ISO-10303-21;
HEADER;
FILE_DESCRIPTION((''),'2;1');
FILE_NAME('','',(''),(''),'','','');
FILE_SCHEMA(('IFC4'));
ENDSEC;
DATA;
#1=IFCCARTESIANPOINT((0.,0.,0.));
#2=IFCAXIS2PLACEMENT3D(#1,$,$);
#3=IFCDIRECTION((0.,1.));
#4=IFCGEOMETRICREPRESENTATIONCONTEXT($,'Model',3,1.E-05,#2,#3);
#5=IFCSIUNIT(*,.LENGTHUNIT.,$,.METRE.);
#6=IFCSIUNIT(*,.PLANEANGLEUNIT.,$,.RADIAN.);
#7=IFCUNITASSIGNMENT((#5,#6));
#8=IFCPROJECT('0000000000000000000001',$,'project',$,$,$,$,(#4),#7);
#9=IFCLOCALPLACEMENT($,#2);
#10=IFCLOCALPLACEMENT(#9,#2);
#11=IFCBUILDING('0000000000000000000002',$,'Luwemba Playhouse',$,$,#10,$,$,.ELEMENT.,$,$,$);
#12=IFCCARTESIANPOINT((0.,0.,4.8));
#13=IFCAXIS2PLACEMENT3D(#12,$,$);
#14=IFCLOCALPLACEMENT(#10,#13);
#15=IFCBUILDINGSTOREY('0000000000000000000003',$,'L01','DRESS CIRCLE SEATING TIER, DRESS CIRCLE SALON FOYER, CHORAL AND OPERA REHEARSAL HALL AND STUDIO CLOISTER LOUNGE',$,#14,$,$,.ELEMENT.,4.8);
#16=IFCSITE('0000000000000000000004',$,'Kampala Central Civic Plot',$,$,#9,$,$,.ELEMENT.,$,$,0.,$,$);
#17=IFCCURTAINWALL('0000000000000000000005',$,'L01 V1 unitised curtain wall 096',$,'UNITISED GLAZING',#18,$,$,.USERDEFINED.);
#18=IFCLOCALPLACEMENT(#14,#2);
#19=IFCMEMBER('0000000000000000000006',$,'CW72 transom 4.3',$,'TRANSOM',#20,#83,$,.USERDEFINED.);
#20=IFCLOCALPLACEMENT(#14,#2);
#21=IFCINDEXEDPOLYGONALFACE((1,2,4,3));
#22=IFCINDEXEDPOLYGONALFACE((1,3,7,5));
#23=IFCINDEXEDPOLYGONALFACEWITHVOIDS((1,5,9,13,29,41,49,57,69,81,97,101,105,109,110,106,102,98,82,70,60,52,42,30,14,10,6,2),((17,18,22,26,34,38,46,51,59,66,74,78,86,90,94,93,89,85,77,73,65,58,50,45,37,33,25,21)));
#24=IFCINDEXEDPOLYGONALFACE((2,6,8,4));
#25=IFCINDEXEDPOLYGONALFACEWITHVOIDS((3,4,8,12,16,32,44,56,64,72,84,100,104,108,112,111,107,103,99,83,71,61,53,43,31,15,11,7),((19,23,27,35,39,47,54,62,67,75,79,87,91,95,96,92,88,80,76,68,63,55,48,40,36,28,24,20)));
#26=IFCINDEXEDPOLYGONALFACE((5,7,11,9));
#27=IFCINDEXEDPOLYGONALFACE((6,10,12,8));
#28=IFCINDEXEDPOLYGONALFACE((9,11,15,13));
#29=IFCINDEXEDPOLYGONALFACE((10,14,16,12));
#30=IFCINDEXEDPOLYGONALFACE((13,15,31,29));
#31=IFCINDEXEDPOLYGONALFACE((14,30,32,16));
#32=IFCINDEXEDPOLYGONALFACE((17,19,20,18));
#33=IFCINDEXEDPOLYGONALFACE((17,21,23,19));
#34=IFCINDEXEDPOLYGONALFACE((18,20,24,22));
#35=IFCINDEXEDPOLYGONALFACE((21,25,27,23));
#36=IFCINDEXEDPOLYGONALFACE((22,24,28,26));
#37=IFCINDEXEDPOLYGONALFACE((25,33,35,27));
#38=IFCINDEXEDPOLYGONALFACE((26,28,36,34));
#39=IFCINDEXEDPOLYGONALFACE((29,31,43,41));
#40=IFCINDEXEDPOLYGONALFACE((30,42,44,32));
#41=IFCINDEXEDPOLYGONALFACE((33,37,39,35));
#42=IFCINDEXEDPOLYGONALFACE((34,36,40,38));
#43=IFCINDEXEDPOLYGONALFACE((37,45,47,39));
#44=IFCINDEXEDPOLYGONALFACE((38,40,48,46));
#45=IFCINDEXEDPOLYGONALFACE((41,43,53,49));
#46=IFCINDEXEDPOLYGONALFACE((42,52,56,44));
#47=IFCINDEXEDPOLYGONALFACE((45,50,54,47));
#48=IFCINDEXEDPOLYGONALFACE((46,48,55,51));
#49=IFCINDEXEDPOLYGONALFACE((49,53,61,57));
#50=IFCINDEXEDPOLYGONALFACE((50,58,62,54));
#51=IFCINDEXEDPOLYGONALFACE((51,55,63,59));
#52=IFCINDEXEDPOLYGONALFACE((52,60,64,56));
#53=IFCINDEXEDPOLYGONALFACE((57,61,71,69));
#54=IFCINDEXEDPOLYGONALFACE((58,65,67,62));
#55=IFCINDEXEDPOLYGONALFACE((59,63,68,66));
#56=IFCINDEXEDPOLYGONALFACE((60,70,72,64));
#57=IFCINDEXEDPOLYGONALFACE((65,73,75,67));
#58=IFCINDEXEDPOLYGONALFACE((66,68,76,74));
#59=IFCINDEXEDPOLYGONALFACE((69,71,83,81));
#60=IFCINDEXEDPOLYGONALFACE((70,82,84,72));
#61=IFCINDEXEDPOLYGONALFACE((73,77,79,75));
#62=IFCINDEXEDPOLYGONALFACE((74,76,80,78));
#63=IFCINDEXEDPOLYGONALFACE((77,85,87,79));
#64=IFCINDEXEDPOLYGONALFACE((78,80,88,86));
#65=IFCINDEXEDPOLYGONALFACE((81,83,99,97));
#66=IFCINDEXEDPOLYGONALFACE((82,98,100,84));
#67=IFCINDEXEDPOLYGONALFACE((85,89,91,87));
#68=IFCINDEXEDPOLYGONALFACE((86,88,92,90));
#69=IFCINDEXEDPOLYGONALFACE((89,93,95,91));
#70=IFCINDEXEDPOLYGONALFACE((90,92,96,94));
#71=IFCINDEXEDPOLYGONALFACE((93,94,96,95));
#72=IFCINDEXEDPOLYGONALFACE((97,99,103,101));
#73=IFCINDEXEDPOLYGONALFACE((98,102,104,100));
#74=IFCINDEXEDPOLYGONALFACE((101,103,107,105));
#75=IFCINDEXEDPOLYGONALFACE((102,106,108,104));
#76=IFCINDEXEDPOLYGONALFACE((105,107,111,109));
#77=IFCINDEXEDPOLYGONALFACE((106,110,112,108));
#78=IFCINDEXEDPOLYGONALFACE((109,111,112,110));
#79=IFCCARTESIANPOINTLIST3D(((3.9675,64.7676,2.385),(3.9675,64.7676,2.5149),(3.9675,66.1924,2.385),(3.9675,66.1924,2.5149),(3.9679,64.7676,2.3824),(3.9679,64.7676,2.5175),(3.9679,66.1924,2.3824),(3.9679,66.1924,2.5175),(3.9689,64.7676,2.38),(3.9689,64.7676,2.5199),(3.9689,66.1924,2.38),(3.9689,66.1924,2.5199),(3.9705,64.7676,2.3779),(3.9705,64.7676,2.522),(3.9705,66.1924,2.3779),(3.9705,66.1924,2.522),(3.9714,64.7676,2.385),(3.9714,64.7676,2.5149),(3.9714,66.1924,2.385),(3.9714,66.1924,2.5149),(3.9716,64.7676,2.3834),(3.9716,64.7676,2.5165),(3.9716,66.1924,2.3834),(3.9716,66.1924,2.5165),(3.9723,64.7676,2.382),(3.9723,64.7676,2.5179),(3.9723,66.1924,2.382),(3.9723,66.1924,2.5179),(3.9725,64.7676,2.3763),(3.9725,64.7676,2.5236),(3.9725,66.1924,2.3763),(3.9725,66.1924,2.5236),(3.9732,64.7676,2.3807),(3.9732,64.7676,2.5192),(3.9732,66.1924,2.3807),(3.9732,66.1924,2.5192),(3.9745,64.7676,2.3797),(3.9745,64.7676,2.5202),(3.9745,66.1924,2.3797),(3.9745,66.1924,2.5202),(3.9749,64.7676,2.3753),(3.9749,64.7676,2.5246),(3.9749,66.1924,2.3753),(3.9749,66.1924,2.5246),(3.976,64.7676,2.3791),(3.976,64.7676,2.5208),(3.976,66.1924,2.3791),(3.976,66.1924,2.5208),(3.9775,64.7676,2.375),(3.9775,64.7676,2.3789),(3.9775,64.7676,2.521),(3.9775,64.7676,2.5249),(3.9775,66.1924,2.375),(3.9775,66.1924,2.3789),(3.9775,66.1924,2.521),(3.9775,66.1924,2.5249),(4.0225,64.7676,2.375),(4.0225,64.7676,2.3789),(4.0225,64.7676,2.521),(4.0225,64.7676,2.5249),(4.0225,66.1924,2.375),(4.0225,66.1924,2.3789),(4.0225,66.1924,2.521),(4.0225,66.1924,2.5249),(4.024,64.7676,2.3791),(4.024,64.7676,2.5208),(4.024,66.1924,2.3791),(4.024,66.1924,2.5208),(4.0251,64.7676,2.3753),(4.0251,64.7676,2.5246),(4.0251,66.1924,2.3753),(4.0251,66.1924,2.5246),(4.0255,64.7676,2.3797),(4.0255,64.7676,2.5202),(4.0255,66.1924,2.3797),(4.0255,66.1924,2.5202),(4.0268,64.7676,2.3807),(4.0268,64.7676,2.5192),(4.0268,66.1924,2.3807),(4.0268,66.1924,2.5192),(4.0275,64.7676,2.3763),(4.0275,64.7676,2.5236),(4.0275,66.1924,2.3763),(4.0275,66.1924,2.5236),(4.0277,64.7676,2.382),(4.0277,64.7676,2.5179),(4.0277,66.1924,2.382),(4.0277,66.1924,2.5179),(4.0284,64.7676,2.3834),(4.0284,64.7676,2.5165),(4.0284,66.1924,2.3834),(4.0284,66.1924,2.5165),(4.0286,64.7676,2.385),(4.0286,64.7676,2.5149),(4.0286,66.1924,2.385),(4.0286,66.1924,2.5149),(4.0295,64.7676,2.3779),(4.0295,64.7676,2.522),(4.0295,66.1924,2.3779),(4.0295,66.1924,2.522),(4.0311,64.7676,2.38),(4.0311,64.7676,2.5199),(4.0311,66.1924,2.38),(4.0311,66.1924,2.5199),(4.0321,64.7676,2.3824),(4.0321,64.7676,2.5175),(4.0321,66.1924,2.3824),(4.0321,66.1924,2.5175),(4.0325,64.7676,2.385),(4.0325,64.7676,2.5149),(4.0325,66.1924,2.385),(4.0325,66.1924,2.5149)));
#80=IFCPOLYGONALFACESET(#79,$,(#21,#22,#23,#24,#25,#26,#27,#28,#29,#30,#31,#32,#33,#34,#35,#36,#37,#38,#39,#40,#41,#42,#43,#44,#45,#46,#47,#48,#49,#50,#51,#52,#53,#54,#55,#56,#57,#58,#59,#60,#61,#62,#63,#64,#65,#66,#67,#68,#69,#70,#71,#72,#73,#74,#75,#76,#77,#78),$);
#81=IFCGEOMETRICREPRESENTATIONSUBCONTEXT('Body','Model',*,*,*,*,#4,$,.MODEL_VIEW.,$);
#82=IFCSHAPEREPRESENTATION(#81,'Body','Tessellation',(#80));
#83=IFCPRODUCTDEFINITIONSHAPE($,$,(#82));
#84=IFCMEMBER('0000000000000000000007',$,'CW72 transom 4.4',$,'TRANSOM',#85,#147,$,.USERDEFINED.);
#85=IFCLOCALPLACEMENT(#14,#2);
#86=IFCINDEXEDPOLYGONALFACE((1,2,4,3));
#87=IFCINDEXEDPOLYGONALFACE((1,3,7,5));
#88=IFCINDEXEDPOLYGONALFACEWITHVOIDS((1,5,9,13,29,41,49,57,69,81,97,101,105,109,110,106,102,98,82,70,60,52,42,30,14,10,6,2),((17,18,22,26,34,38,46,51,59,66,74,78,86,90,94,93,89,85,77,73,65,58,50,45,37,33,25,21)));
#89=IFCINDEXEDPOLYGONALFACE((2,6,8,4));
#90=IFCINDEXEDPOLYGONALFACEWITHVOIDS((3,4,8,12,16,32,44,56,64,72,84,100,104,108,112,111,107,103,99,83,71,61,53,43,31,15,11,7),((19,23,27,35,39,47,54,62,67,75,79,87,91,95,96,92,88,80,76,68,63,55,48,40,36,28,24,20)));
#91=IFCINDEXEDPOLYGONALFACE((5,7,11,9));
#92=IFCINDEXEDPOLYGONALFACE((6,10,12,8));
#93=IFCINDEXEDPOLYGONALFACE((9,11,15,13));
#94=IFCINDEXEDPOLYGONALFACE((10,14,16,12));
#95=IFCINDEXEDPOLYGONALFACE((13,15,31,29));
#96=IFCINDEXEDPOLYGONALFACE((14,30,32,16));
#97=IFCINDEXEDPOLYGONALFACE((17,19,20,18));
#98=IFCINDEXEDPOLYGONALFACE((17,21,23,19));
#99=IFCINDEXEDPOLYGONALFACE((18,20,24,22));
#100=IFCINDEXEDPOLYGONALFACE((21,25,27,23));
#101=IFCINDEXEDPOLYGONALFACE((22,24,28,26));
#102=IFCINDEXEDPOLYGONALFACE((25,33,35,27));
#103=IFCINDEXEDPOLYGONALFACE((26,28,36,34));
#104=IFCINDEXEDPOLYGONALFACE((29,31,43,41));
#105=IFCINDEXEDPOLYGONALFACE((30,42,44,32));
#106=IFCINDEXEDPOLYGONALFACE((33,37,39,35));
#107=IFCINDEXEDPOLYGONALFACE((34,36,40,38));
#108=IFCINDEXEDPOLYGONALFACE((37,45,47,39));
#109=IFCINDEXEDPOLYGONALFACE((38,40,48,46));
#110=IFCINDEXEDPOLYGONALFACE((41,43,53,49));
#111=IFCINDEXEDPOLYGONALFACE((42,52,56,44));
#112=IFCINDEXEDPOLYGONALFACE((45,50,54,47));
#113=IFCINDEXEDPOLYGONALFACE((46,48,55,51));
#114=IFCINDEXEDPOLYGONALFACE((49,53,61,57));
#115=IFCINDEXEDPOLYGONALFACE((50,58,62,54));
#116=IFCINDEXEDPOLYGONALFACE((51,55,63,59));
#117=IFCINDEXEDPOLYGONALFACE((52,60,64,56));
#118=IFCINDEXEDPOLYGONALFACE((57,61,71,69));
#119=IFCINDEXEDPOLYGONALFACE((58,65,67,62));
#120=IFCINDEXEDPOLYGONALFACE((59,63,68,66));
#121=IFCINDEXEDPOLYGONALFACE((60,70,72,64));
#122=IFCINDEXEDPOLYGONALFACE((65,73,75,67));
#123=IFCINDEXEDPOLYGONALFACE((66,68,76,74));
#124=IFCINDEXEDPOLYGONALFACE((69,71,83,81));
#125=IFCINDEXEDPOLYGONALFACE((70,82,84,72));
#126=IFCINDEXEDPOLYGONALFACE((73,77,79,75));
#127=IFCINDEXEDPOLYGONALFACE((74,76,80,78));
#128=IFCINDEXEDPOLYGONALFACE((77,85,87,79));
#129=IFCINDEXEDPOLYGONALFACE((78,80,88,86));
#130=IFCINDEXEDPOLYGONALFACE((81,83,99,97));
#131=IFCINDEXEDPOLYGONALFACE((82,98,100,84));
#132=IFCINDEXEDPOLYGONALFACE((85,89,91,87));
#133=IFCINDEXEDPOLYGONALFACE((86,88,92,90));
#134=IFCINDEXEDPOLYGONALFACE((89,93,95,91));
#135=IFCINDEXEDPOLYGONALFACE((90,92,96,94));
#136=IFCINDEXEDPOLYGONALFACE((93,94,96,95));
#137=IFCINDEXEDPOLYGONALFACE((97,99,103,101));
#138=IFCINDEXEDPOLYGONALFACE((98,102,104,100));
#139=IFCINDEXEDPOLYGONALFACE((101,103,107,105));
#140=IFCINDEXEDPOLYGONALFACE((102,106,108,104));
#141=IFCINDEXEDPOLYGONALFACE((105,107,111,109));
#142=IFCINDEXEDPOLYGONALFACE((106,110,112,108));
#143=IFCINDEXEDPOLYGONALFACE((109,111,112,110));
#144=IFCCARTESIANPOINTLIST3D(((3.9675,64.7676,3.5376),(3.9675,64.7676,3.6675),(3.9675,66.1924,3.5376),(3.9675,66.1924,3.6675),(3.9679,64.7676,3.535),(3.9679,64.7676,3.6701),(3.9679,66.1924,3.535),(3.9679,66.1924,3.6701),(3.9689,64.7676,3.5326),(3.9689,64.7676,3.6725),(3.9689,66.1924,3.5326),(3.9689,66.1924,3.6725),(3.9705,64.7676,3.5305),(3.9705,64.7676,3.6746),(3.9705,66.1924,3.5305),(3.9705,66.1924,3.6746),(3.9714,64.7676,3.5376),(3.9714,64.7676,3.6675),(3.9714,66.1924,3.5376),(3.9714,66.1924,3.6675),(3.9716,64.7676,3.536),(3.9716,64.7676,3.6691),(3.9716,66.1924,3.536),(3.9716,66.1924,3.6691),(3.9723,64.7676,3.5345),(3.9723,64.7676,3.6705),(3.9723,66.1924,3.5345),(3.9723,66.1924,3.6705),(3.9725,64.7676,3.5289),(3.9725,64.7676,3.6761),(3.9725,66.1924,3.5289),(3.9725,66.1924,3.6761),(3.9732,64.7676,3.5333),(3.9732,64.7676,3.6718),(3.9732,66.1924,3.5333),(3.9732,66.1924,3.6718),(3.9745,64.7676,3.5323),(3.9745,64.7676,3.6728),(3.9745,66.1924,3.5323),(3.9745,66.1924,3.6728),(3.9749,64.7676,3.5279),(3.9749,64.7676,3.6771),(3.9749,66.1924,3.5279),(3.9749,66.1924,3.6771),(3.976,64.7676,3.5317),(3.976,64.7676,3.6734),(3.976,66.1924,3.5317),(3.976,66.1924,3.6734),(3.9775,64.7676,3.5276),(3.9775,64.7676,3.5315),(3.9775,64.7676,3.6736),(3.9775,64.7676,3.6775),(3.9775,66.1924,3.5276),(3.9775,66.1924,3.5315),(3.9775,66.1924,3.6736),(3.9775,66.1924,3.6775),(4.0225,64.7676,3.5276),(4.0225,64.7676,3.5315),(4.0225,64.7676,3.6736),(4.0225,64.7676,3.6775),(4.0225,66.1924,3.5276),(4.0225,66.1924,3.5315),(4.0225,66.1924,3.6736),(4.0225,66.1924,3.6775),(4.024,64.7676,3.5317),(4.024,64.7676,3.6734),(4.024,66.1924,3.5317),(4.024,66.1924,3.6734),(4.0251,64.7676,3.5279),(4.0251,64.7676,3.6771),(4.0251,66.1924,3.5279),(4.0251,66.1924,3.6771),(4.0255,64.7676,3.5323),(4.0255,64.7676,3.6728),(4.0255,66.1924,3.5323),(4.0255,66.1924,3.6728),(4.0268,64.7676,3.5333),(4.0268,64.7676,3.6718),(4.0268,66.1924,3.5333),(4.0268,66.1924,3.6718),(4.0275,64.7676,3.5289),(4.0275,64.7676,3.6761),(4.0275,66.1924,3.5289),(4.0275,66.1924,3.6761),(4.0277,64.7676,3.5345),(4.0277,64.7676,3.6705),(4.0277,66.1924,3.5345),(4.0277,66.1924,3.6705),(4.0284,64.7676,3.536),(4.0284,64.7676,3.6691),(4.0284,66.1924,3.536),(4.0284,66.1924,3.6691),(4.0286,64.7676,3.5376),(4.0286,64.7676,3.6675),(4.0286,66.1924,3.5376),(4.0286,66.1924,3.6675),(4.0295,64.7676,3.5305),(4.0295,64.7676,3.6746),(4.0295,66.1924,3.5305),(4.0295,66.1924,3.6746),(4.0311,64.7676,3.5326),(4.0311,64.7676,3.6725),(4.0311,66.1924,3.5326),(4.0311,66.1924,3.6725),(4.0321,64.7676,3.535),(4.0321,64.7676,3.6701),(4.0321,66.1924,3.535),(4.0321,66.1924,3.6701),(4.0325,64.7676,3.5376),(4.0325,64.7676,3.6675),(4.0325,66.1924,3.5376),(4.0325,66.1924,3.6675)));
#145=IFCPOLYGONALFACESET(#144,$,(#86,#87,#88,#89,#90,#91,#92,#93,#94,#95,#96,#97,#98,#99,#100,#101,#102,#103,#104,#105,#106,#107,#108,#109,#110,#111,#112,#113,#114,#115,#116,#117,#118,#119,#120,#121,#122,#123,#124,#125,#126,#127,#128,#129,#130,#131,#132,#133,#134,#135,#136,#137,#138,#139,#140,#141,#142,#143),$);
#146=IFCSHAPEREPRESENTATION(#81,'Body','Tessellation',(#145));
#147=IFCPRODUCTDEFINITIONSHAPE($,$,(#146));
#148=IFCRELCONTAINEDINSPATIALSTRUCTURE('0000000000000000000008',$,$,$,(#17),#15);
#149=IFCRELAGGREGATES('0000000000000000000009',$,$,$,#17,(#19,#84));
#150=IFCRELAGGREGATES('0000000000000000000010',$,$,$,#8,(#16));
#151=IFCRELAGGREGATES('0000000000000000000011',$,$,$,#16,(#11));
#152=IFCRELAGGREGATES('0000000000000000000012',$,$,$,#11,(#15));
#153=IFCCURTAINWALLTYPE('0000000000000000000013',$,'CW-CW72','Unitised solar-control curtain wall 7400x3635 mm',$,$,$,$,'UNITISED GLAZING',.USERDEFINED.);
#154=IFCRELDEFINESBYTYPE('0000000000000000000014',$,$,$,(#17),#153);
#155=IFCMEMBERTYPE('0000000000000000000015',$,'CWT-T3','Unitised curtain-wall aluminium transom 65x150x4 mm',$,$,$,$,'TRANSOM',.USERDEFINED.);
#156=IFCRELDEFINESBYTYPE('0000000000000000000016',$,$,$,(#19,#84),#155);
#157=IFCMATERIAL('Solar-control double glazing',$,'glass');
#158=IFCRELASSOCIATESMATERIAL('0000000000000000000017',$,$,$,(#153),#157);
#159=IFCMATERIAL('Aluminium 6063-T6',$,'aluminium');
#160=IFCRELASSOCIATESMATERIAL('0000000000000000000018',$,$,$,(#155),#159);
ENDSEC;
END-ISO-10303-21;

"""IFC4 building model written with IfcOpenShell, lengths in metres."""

from ifc_helpers import new_model, si_unit, direction, frame, origin, origin_2d, place, context, subcontext, project, spatial, hollow_rectangle, extrude, material, material_profile, profile_set, type_object, element, aggregate, save


model = new_model("IFC4")

# Units and contexts
model_context = context("Model", 3, precision=1e-05, world=origin(), true_north=direction((0.0, 1.0)))
body_context = subcontext(model_context, "Body", "Model", "MODEL_VIEW")
ifc_project = project(units=[si_unit("LENGTHUNIT", "METRE"), si_unit("PLANEANGLEUNIT", "RADIAN")], contexts=[model_context])

# Site, building, storey
site_placement = place(None, origin())
site = spatial("IfcSite", under=ifc_project, at=site_placement, Name="Kampala Central Civic Plot", CompositionType="ELEMENT", RefElevation=0.0)
building_placement = place(site_placement, origin())
building = spatial("IfcBuilding", under=site, at=building_placement, Name="Luwemba Playhouse", CompositionType="ELEMENT")
storey_placement = place(building_placement, frame((0.0, 0.0, 4.8)))
storey = spatial("IfcBuildingStorey", under=building, at=storey_placement, Name="L01", Description="DRESS CIRCLE SEATING TIER, DRESS CIRCLE SALON FOYER, CHORAL AND OPERA REHEARSAL HALL AND STUDIO CLOISTER LOUNGE", CompositionType="ELEMENT", Elevation=4.8)

# Curtain wall, members
ifc_material_1 = material(Name="Solar-control double glazing", Category="glass")
curtain_wall_type = type_object("IfcCurtainWallType", Name="CW-CW72", Description="Unitised solar-control curtain wall 7400x3635 mm", ElementType="UNITISED GLAZING", PredefinedType="USERDEFINED", material=ifc_material_1)
curtain_wall_placement = place(storey_placement, origin())
curtain_wall = element("IfcCurtainWall", 1, at=curtain_wall_placement, inside=storey, type_object=curtain_wall_type, Name="L01 V1 unitised curtain wall 096", ObjectType="UNITISED GLAZING", PredefinedType="USERDEFINED")
ifc_material_2 = material(Name="Aluminium 6063-T6", Category="aluminium")
ifc_material_profile_1 = material_profile(ifc_material_2, hollow_rectangle(XDim=0.0649, YDim=0.1499, WallThickness=0.0039, InnerFilletRadius=0.0061, OuterFilletRadius=0.01, at=origin_2d()))
ifc_profile_set_1 = profile_set([ifc_material_profile_1], Name="Aluminium 6063-T6")
member_type_1 = type_object("IfcMemberType", Name="CWT-T3", Description="Unitised curtain-wall aluminium transom 65x150x4 mm", ElementType="TRANSOM", PredefinedType="USERDEFINED", material=ifc_profile_set_1)
member_1_placement = place(storey_placement, frame((4.0, 64.7676, 2.45), z_axis=(0.0, 1.0, 0.0), x_axis=(-1.0, 0.0, 0.0)))
member_1 = element("IfcMember", 2, at=member_1_placement, type_object=member_type_1, Name="CW72 transom 4.3", ObjectType="TRANSOM", PredefinedType="USERDEFINED", context=body_context, shape_type="SweptSolid", body=[
    extrude(hollow_rectangle(XDim=0.0649, YDim=0.1499, WallThickness=0.0039, InnerFilletRadius=0.0061, OuterFilletRadius=0.01, at=origin_2d()), origin(), (0.0, 0.0, 1.0), 1.4248),
])
member_2_placement = place(storey_placement, frame((4.0, 64.7676, 3.6025), z_axis=(0.0, 1.0, 0.0), x_axis=(-1.0, 0.0, 0.0)))
member_2 = element("IfcMember", 3, at=member_2_placement, type_object=member_type_1, Name="CW72 transom 4.4", ObjectType="TRANSOM", PredefinedType="USERDEFINED", context=body_context, shape_type="SweptSolid", body=[
    extrude(hollow_rectangle(XDim=0.0649, YDim=0.1499, WallThickness=0.0039, InnerFilletRadius=0.0061, OuterFilletRadius=0.01, at=origin_2d()), origin(), (0.0, 0.0, 1.0), 1.4248),
])
aggregate(curtain_wall, [member_1, member_2])

save(model, "model.ifc")
